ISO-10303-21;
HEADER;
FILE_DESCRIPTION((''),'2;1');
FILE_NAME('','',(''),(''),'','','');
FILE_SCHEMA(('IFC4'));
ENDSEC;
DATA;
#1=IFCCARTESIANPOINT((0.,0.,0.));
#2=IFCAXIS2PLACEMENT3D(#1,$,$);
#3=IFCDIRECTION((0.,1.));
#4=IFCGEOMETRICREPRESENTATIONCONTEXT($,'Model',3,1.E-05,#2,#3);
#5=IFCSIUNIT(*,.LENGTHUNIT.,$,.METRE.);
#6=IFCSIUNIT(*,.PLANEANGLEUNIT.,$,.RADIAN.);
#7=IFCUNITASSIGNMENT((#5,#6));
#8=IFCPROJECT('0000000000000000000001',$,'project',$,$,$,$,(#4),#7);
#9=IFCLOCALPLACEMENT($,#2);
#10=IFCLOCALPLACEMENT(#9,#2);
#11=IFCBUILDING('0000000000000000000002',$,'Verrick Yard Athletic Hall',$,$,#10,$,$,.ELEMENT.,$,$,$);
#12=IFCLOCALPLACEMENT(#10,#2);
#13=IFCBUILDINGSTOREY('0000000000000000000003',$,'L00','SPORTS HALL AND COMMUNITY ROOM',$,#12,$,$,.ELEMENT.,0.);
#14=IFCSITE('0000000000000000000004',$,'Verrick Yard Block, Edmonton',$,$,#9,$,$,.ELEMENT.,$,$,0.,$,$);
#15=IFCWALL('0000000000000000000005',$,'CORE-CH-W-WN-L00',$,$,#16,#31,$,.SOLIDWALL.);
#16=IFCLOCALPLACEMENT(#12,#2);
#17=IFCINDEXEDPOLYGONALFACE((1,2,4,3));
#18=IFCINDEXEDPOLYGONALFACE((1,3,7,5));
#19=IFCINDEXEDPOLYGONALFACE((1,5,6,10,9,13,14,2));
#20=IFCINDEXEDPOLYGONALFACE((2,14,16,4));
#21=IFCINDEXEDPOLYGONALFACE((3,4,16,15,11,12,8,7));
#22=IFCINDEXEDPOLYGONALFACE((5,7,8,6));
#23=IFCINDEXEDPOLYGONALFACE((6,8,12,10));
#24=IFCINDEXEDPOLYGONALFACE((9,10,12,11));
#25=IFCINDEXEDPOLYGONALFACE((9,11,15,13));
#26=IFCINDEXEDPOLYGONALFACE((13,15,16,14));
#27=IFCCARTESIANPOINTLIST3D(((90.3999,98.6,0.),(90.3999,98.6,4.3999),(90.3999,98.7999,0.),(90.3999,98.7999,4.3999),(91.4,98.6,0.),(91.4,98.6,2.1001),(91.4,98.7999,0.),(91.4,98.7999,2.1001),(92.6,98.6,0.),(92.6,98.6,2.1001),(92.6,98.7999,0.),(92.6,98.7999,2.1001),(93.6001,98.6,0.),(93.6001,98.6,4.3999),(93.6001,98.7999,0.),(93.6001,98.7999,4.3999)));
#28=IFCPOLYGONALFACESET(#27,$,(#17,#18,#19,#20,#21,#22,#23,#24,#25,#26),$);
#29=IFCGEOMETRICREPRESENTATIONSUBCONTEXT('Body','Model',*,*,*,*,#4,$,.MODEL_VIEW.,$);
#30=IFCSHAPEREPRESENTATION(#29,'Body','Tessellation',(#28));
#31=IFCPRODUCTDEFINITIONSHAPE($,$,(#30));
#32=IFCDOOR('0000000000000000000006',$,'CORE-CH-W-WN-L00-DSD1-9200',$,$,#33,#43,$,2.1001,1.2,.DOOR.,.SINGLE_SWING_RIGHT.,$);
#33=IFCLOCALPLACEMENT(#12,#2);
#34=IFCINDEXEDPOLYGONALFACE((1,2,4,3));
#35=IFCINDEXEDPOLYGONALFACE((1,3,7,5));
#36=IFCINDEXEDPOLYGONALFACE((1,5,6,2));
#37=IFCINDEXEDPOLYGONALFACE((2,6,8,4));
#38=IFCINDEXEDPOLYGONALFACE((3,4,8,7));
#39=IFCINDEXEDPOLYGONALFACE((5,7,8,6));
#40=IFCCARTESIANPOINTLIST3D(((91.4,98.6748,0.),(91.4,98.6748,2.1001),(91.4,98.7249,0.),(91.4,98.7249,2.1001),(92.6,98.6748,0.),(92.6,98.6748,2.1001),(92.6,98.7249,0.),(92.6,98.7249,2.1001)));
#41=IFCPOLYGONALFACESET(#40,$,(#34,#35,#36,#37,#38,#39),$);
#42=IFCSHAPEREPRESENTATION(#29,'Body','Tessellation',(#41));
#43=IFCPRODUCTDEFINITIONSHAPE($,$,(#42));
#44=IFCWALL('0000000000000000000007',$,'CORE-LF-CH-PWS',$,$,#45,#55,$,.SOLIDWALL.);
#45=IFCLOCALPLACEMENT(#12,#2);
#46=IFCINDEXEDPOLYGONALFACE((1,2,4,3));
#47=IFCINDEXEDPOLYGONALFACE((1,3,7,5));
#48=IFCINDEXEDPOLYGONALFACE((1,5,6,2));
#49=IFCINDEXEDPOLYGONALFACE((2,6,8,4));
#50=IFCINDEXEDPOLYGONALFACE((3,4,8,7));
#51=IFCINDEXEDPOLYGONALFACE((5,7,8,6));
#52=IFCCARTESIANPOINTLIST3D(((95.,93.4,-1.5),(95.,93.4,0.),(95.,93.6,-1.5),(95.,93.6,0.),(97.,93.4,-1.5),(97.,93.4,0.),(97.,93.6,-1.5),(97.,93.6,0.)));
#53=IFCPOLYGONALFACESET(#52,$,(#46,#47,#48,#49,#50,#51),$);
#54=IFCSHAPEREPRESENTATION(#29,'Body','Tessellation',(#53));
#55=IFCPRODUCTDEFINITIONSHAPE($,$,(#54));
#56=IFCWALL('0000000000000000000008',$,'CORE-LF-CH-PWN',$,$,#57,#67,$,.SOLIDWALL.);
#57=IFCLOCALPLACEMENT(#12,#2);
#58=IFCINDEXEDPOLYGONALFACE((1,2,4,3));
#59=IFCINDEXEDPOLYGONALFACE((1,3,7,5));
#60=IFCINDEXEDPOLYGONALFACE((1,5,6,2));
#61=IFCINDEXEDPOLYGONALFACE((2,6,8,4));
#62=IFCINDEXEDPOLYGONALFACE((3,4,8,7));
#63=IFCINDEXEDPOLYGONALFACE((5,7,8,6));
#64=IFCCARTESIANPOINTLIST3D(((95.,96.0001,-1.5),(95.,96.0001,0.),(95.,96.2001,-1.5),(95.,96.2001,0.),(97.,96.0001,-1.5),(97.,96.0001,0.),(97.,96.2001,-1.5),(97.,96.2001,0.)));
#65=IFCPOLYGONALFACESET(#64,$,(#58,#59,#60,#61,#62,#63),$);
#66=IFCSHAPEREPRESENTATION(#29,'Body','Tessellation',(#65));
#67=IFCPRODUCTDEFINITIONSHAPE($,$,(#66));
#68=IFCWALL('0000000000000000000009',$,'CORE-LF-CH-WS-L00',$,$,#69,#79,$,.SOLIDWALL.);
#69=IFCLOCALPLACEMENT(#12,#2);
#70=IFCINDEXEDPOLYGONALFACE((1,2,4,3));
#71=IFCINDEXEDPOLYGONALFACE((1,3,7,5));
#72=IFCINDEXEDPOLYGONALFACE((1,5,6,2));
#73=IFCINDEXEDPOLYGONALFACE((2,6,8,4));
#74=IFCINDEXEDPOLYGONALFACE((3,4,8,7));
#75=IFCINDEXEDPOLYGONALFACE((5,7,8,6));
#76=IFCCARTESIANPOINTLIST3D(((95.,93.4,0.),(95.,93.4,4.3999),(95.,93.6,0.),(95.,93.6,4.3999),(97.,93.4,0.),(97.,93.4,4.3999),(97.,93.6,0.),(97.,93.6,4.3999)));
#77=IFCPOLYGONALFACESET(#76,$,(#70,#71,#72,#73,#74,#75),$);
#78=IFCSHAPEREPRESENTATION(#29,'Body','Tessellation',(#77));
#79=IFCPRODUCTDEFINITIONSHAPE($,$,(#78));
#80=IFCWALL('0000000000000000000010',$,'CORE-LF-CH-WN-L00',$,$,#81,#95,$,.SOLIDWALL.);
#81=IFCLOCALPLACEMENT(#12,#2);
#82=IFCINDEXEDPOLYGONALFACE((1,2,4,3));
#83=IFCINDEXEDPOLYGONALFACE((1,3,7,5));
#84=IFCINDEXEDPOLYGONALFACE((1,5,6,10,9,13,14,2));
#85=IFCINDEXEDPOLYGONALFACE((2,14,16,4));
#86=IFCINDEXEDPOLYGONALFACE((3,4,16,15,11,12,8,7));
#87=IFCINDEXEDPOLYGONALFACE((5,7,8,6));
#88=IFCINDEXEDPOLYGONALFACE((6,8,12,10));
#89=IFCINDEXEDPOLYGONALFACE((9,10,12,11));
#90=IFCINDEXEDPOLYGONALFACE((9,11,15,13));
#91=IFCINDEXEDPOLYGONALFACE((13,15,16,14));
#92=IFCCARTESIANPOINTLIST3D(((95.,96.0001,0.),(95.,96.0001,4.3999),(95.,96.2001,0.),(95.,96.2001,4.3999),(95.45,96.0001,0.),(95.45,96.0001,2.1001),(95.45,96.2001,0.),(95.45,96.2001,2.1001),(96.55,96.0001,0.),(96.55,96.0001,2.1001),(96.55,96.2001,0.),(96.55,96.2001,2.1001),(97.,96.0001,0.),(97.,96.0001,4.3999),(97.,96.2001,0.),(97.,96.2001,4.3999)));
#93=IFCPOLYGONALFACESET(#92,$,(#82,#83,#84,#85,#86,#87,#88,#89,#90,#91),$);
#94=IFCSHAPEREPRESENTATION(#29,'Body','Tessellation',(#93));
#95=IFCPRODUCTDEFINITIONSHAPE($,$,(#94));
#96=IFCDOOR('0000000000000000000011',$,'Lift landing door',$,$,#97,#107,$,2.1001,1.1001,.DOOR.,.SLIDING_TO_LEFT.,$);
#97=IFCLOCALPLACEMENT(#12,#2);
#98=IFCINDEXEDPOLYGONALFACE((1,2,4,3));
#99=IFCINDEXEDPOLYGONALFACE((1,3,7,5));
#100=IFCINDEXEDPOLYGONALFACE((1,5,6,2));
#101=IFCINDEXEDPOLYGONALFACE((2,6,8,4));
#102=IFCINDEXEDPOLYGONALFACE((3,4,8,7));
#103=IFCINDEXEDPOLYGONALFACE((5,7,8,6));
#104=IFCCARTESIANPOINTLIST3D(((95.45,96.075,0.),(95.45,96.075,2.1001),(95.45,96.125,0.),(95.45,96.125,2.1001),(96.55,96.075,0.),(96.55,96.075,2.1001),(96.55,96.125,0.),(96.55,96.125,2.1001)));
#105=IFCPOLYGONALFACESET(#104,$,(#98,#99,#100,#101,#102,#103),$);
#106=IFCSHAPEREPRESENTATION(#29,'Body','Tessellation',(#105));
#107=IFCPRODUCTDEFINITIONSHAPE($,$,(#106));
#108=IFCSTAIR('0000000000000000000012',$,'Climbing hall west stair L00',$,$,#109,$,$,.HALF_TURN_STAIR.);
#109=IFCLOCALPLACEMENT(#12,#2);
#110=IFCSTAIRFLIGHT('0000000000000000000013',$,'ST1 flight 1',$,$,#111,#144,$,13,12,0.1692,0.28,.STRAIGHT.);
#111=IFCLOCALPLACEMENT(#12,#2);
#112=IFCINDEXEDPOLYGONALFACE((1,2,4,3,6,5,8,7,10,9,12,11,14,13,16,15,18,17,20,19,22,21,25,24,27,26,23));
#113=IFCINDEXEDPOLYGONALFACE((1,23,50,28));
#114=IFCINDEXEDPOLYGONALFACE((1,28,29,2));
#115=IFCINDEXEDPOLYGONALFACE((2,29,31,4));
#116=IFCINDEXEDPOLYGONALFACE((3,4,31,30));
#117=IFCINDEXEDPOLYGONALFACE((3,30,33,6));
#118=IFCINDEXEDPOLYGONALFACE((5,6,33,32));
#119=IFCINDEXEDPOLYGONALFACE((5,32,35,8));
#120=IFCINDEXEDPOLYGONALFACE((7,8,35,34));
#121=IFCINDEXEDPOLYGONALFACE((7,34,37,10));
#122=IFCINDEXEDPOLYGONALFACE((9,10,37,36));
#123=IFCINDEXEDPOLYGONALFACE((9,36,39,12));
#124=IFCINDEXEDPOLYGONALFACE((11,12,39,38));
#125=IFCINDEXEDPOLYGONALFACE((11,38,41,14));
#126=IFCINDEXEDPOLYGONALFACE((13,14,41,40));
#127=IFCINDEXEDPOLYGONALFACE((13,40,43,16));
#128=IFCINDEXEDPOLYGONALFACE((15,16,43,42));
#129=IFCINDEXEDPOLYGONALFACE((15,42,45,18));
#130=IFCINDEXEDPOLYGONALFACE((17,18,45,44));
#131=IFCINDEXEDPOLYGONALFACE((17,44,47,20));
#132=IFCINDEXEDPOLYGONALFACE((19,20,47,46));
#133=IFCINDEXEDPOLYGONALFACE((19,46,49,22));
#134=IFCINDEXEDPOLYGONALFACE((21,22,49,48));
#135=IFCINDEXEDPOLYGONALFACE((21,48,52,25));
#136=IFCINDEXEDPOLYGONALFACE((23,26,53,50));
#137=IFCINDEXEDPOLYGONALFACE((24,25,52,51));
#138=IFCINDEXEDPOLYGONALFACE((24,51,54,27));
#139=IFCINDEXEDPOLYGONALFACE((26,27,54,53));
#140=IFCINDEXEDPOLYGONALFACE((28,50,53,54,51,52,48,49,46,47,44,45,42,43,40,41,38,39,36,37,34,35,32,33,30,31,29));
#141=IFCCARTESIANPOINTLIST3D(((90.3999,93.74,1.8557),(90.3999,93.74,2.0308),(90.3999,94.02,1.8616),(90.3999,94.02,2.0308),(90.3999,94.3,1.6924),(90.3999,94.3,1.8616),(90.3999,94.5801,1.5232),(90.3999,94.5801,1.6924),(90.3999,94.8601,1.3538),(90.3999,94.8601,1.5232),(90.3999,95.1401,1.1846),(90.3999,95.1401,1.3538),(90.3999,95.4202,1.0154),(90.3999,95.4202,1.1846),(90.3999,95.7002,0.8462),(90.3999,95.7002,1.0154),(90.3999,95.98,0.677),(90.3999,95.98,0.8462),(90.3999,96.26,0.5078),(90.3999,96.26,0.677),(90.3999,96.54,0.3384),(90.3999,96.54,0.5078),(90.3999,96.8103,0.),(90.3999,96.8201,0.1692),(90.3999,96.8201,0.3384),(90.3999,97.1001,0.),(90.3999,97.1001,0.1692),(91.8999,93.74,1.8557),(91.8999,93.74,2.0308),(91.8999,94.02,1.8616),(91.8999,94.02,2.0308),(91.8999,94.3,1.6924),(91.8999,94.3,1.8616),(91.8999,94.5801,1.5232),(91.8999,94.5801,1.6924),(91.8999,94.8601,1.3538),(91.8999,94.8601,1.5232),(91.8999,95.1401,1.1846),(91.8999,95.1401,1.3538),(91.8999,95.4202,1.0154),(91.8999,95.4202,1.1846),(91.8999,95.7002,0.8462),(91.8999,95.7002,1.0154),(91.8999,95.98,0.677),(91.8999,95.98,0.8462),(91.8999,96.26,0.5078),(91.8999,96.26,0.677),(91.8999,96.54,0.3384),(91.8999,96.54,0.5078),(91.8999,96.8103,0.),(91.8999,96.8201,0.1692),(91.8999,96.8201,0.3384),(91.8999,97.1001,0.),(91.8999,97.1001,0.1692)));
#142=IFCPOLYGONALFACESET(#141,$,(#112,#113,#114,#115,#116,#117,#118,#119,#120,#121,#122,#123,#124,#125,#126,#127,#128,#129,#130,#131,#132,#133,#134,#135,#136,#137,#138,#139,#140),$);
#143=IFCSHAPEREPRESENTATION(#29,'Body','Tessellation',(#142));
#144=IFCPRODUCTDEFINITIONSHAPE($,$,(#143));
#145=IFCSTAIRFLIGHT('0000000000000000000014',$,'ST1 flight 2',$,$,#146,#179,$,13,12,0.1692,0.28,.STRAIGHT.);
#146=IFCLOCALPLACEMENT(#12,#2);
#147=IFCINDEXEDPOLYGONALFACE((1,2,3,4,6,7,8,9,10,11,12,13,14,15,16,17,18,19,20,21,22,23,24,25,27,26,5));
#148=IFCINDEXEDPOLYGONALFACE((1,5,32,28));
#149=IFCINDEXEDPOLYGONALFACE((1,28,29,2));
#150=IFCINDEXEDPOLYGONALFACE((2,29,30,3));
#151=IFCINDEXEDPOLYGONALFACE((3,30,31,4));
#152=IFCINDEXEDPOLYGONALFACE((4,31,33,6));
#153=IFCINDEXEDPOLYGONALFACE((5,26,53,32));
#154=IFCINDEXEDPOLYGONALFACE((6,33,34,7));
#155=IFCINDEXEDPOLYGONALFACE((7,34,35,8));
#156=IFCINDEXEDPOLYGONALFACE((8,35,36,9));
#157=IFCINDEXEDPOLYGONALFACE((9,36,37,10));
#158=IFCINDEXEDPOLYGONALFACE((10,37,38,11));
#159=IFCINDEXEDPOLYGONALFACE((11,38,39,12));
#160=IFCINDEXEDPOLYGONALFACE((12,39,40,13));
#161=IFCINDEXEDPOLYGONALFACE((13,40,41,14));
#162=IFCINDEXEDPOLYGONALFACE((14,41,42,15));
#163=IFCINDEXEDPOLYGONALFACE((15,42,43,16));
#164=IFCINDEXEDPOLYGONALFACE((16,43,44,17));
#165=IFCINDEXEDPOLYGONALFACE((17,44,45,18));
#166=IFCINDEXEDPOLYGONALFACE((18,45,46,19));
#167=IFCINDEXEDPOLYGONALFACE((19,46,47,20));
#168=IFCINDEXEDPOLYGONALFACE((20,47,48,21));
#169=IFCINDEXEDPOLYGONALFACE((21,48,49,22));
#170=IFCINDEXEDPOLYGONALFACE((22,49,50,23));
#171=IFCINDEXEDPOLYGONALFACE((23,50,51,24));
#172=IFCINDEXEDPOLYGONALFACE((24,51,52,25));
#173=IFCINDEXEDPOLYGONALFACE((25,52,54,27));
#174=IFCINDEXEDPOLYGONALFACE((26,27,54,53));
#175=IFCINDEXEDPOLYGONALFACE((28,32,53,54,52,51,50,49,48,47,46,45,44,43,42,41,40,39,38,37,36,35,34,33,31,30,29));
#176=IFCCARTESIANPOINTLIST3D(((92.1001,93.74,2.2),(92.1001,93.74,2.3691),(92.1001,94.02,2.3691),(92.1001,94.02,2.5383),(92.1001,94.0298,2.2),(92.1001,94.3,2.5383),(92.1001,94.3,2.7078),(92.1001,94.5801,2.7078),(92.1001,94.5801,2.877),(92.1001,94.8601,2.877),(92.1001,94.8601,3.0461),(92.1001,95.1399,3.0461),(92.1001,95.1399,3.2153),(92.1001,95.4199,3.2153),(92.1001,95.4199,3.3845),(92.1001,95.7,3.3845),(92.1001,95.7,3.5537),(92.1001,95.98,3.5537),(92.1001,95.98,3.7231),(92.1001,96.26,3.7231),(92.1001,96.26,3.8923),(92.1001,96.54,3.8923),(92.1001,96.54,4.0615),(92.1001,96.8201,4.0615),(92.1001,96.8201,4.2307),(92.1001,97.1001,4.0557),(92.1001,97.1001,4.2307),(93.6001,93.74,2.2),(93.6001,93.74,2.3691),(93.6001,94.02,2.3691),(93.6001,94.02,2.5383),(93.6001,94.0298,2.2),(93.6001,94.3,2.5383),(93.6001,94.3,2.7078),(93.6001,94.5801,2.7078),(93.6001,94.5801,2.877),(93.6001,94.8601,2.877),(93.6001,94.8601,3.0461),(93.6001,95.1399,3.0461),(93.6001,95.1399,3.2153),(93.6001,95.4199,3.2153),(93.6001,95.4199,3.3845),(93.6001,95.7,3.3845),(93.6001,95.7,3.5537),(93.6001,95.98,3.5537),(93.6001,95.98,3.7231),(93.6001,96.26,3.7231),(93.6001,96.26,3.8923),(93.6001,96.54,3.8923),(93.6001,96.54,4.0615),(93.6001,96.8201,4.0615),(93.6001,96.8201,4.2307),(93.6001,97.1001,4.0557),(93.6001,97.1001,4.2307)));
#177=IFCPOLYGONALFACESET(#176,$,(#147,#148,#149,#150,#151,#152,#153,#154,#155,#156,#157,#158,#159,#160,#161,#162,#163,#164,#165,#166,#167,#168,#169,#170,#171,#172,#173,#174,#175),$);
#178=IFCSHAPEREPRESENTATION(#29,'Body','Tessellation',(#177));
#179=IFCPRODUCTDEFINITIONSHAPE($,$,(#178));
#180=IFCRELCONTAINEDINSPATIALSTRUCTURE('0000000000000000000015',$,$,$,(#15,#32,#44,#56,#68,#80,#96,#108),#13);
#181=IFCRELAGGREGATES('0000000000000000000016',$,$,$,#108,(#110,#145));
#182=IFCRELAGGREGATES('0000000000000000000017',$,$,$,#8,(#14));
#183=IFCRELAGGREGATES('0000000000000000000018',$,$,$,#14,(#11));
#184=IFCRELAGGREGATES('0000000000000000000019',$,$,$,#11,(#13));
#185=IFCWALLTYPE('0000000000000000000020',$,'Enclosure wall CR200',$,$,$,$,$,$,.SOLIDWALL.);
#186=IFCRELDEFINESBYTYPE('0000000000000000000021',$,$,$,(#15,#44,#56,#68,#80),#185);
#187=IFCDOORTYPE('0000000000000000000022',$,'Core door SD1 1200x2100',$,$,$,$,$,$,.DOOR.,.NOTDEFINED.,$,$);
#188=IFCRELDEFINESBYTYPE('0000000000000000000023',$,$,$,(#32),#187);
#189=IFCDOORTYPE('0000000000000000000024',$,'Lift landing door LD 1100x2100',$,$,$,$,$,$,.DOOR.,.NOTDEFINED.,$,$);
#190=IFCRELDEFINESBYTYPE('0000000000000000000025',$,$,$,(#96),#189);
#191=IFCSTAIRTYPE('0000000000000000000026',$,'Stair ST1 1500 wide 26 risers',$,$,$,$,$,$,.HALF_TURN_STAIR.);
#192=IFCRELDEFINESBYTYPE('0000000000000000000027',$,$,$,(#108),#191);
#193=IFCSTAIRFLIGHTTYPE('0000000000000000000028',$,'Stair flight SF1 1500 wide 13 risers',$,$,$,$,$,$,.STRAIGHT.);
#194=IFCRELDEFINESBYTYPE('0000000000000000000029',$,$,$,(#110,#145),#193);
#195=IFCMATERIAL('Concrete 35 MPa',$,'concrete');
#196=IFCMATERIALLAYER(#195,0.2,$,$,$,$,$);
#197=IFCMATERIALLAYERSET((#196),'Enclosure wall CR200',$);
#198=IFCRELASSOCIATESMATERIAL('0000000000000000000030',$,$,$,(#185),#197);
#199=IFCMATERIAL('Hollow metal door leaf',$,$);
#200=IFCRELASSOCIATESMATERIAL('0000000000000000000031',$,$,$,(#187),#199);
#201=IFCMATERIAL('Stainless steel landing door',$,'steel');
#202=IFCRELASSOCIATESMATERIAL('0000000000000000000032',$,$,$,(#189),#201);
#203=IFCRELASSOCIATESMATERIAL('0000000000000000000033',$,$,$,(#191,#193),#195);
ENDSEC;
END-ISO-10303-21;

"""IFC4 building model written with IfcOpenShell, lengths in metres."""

from ifc_helpers import new_model, si_unit, direction, frame, frame_2d, origin, place, context, subcontext, project, spatial, polyline, rectangle, outline, extrude, material, layer, layer_set, type_object, element, fill, aggregate, save


model = new_model("IFC4")

# Units and contexts
model_context = context("Model", 3, precision=1e-05, world=origin(), true_north=direction((0.0, 1.0)))
body_context = subcontext(model_context, "Body", "Model", "MODEL_VIEW")
ifc_project = project(units=[si_unit("LENGTHUNIT", "METRE"), si_unit("PLANEANGLEUNIT", "RADIAN")], contexts=[model_context])

# Site, building, storey
site_placement = place(None, origin())
site = spatial("IfcSite", under=ifc_project, at=site_placement, Name="Verrick Yard Block, Edmonton", CompositionType="ELEMENT", RefElevation=0.0)
building_placement = place(site_placement, origin())
building = spatial("IfcBuilding", under=site, at=building_placement, Name="Verrick Yard Athletic Hall", CompositionType="ELEMENT")
storey_placement = place(building_placement, origin())
storey = spatial("IfcBuildingStorey", under=building, at=storey_placement, Name="L00", Description="SPORTS HALL AND COMMUNITY ROOM", CompositionType="ELEMENT", Elevation=0.0)

# Shared definitions
ifc_material_1 = material(Name="Concrete 35 MPa", Category="concrete")

# Wall, opening, door
ifc_layer = layer(ifc_material_1, 0.2)
ifc_layer_set = layer_set([ifc_layer], Name="Enclosure wall CR200")
wall_type = type_object("IfcWallType", Name="Enclosure wall CR200", PredefinedType="SOLIDWALL", material=ifc_layer_set)
wall_1_placement = place(storey_placement, frame((90.3999, 98.7, 0.0), z_axis=(0.0, 0.0, 1.0), x_axis=(1.0, 0.0, 0.0)))
wall_1 = element("IfcWall", 1, at=wall_1_placement, inside=storey, type_object=wall_type, Name="CORE-CH-W-WN-L00", PredefinedType="SOLIDWALL", context=body_context, shape_type="SweptSolid", body=[
    extrude(rectangle(XDim=3.2002, YDim=0.2, at=frame_2d((1.6001, 0.0))), origin(), (0.0, 0.0, 1.0), 4.3999),
])
opening_1_placement = place(wall_1_placement, frame((1.0, 0.0, 0.0)))
opening_1 = element("IfcOpeningElement", 2, at=opening_1_placement, cuts=wall_1, PredefinedType="OPENING", context=body_context, shape_type="SweptSolid", body=[
    extrude(rectangle(XDim=1.2, YDim=2.1001, at=frame_2d((0.6001, 1.05))), frame((0.0, 0.1099, 0.0), z_axis=(0.0, -1.0, 0.0), x_axis=(1.0, 0.0, 0.0)), (0.0, 0.0, 1.0), 0.22),
])
ifc_material_2 = material(Name="Hollow metal door leaf")
door_type_1 = type_object("IfcDoorType", Name="Core door SD1 1200x2100", OperationType="NOTDEFINED", PredefinedType="DOOR", material=ifc_material_2)
door_1_placement = place(opening_1_placement, origin())
door_1 = element("IfcDoor", 3, at=door_1_placement, inside=storey, type_object=door_type_1, Name="CORE-CH-W-WN-L00-DSD1-9200", OperationType="SINGLE_SWING_RIGHT", OverallHeight=2.1001, OverallWidth=1.2, PredefinedType="DOOR", context=body_context, shape_type="SweptSolid", body=[
    extrude(rectangle(XDim=1.2, YDim=2.1001, at=frame_2d((0.6001, 1.05))), frame((0.0, 0.0249, 0.0), z_axis=(0.0, -1.0, 0.0), x_axis=(1.0, 0.0, 0.0)), (0.0, 0.0, 1.0), 0.05),
])
fill(opening_1, door_1)

# Walls
for number, where, z_axis, x_axis, name in (
    (4, (95.0, 93.5, -1.5), (0.0, 0.0, 1.0), (1.0, 0.0, 0.0), "CORE-LF-CH-PWS"),
    (5, (95.0, 96.1001, -1.5), (0.0, 0.0, 1.0), (1.0, 0.0, 0.0), "CORE-LF-CH-PWN"),
):
    element("IfcWall", number, at=place(storey_placement, frame(where, z_axis=z_axis, x_axis=x_axis)), inside=storey, type_object=wall_type, Name=name, PredefinedType="SOLIDWALL", context=body_context, shape_type="SweptSolid", body=[
        extrude(rectangle(XDim=2.0, YDim=0.2, at=frame_2d((1.0, 0.0))), origin(), (0.0, 0.0, 1.0), 1.5),
    ])
wall_2_placement = place(storey_placement, frame((95.0, 93.5, 0.0), z_axis=(0.0, 0.0, 1.0), x_axis=(1.0, 0.0, 0.0)))
element("IfcWall", 6, at=wall_2_placement, inside=storey, type_object=wall_type, Name="CORE-LF-CH-WS-L00", PredefinedType="SOLIDWALL", context=body_context, shape_type="SweptSolid", body=[
    extrude(rectangle(XDim=2.0, YDim=0.2, at=frame_2d((1.0, 0.0))), origin(), (0.0, 0.0, 1.0), 4.3999),
])

# Wall, opening, door
wall_3_placement = place(storey_placement, frame((95.0, 96.1001, 0.0), z_axis=(0.0, 0.0, 1.0), x_axis=(1.0, 0.0, 0.0)))
wall_3 = element("IfcWall", 7, at=wall_3_placement, inside=storey, type_object=wall_type, Name="CORE-LF-CH-WN-L00", PredefinedType="SOLIDWALL", context=body_context, shape_type="SweptSolid", body=[
    extrude(rectangle(XDim=2.0, YDim=0.2, at=frame_2d((1.0, 0.0))), origin(), (0.0, 0.0, 1.0), 4.3999),
])
opening_2_placement = place(wall_3_placement, frame((0.45, 0.0, 0.0)))
opening_2 = element("IfcOpeningElement", 8, at=opening_2_placement, cuts=wall_3, PredefinedType="OPENING", context=body_context, shape_type="SweptSolid", body=[
    extrude(rectangle(XDim=1.1001, YDim=2.1001, at=frame_2d((0.55, 1.05))), frame((0.0, 0.1099, 0.0), z_axis=(0.0, -1.0, 0.0), x_axis=(1.0, 0.0, 0.0)), (0.0, 0.0, 1.0), 0.22),
])
ifc_material_3 = material(Name="Stainless steel landing door", Category="steel")
door_type_2 = type_object("IfcDoorType", Name="Lift landing door LD 1100x2100", OperationType="NOTDEFINED", PredefinedType="DOOR", material=ifc_material_3)
door_2_placement = place(opening_2_placement, origin())
door_2 = element("IfcDoor", 9, at=door_2_placement, inside=storey, type_object=door_type_2, Name="Lift landing door", OperationType="SLIDING_TO_LEFT", OverallHeight=2.1001, OverallWidth=1.1001, PredefinedType="DOOR", context=body_context, shape_type="SweptSolid", body=[
    extrude(rectangle(XDim=1.1001, YDim=2.1001, at=frame_2d((0.55, 1.05))), frame((0.0, 0.0249, 0.0), z_axis=(0.0, -1.0, 0.0), x_axis=(1.0, 0.0, 0.0)), (0.0, 0.0, 1.0), 0.05),
])
fill(opening_2, door_2)

# Stair, stair flights
stair_type = type_object("IfcStairType", Name="Stair ST1 1500 wide 26 risers", PredefinedType="HALF_TURN_STAIR", material=ifc_material_1)
stair_placement = place(storey_placement, origin())
stair = element("IfcStair", 10, at=stair_placement, inside=storey, type_object=stair_type, Name="Climbing hall west stair L00", PredefinedType="HALF_TURN_STAIR")
stair_flight_type = type_object("IfcStairFlightType", Name="Stair flight SF1 1500 wide 13 risers", PredefinedType="STRAIGHT", material=ifc_material_1)
stair_flight_1_placement = place(storey_placement, frame((91.1499, 97.1001, 0.0), z_axis=(0.0, 0.0, 1.0), x_axis=(0.0, -1.0, 0.0)))
stair_flight_1 = element("IfcStairFlight", 11, at=stair_flight_1_placement, type_object=stair_flight_type, Name="ST1 flight 1", NumberOfRisers=13, NumberOfTreads=12, PredefinedType="STRAIGHT", RiserHeight=0.1692, TreadLength=0.28, context=body_context, shape_type="SweptSolid", body=[
    extrude(outline(polyline([(0.0, 0.0), (0.0, 0.1692), (0.28, 0.1692), (0.28, 0.3384), (0.5601, 0.3384), (0.5601, 0.5078), (0.8401, 0.5078), (0.8401, 0.677), (1.1201, 0.677), (1.1201, 0.8462), (1.3999, 0.8462), (1.3999, 1.0154), (1.6799, 1.0154), (1.6799, 1.1846), (1.96, 1.1846), (1.96, 1.3538), (2.24, 1.3538), (2.24, 1.5232), (2.52, 1.5232), (2.52, 1.6924), (2.8, 1.6924), (2.8, 1.8616), (3.0801, 1.8616), (3.0801, 2.0308), (3.3601, 2.0308), (3.3601, 2.2), (3.3601, 1.8557), (0.2898, 0.0), (0.0, 0.0)])), frame((0.0, 0.75, 0.0), z_axis=(0.0, -1.0, 0.0), x_axis=(1.0, 0.0, 0.0)), (0.0, 0.0, 1.0), 1.5),
])
stair_flight_2_placement = place(storey_placement, frame((92.8501, 93.74, 2.2), z_axis=(0.0, 0.0, 1.0), x_axis=(0.0, 1.0, 0.0)))
stair_flight_2 = element("IfcStairFlight", 12, at=stair_flight_2_placement, type_object=stair_flight_type, Name="ST1 flight 2", NumberOfRisers=13, NumberOfTreads=12, PredefinedType="STRAIGHT", RiserHeight=0.1692, TreadLength=0.28, context=body_context, shape_type="SweptSolid", body=[
    extrude(outline(polyline([(0.0, 0.0), (0.0, 0.1692), (0.28, 0.1692), (0.28, 0.3384), (0.5601, 0.3384), (0.5601, 0.5078), (0.8401, 0.5078), (0.8401, 0.677), (1.1201, 0.677), (1.1201, 0.8462), (1.3999, 0.8462), (1.3999, 1.0154), (1.6799, 1.0154), (1.6799, 1.1846), (1.96, 1.1846), (1.96, 1.3538), (2.24, 1.3538), (2.24, 1.5232), (2.52, 1.5232), (2.52, 1.6924), (2.8, 1.6924), (2.8, 1.8616), (3.0801, 1.8616), (3.0801, 2.0308), (3.3601, 2.0308), (3.3601, 2.2), (3.3601, 1.8557), (0.2898, 0.0), (0.0, 0.0)])), frame((0.0, 0.75, 0.0), z_axis=(0.0, -1.0, 0.0), x_axis=(1.0, 0.0, 0.0)), (0.0, 0.0, 1.0), 1.5),
])
aggregate(stair, [stair_flight_1, stair_flight_2])

save(model, "model.ifc")
